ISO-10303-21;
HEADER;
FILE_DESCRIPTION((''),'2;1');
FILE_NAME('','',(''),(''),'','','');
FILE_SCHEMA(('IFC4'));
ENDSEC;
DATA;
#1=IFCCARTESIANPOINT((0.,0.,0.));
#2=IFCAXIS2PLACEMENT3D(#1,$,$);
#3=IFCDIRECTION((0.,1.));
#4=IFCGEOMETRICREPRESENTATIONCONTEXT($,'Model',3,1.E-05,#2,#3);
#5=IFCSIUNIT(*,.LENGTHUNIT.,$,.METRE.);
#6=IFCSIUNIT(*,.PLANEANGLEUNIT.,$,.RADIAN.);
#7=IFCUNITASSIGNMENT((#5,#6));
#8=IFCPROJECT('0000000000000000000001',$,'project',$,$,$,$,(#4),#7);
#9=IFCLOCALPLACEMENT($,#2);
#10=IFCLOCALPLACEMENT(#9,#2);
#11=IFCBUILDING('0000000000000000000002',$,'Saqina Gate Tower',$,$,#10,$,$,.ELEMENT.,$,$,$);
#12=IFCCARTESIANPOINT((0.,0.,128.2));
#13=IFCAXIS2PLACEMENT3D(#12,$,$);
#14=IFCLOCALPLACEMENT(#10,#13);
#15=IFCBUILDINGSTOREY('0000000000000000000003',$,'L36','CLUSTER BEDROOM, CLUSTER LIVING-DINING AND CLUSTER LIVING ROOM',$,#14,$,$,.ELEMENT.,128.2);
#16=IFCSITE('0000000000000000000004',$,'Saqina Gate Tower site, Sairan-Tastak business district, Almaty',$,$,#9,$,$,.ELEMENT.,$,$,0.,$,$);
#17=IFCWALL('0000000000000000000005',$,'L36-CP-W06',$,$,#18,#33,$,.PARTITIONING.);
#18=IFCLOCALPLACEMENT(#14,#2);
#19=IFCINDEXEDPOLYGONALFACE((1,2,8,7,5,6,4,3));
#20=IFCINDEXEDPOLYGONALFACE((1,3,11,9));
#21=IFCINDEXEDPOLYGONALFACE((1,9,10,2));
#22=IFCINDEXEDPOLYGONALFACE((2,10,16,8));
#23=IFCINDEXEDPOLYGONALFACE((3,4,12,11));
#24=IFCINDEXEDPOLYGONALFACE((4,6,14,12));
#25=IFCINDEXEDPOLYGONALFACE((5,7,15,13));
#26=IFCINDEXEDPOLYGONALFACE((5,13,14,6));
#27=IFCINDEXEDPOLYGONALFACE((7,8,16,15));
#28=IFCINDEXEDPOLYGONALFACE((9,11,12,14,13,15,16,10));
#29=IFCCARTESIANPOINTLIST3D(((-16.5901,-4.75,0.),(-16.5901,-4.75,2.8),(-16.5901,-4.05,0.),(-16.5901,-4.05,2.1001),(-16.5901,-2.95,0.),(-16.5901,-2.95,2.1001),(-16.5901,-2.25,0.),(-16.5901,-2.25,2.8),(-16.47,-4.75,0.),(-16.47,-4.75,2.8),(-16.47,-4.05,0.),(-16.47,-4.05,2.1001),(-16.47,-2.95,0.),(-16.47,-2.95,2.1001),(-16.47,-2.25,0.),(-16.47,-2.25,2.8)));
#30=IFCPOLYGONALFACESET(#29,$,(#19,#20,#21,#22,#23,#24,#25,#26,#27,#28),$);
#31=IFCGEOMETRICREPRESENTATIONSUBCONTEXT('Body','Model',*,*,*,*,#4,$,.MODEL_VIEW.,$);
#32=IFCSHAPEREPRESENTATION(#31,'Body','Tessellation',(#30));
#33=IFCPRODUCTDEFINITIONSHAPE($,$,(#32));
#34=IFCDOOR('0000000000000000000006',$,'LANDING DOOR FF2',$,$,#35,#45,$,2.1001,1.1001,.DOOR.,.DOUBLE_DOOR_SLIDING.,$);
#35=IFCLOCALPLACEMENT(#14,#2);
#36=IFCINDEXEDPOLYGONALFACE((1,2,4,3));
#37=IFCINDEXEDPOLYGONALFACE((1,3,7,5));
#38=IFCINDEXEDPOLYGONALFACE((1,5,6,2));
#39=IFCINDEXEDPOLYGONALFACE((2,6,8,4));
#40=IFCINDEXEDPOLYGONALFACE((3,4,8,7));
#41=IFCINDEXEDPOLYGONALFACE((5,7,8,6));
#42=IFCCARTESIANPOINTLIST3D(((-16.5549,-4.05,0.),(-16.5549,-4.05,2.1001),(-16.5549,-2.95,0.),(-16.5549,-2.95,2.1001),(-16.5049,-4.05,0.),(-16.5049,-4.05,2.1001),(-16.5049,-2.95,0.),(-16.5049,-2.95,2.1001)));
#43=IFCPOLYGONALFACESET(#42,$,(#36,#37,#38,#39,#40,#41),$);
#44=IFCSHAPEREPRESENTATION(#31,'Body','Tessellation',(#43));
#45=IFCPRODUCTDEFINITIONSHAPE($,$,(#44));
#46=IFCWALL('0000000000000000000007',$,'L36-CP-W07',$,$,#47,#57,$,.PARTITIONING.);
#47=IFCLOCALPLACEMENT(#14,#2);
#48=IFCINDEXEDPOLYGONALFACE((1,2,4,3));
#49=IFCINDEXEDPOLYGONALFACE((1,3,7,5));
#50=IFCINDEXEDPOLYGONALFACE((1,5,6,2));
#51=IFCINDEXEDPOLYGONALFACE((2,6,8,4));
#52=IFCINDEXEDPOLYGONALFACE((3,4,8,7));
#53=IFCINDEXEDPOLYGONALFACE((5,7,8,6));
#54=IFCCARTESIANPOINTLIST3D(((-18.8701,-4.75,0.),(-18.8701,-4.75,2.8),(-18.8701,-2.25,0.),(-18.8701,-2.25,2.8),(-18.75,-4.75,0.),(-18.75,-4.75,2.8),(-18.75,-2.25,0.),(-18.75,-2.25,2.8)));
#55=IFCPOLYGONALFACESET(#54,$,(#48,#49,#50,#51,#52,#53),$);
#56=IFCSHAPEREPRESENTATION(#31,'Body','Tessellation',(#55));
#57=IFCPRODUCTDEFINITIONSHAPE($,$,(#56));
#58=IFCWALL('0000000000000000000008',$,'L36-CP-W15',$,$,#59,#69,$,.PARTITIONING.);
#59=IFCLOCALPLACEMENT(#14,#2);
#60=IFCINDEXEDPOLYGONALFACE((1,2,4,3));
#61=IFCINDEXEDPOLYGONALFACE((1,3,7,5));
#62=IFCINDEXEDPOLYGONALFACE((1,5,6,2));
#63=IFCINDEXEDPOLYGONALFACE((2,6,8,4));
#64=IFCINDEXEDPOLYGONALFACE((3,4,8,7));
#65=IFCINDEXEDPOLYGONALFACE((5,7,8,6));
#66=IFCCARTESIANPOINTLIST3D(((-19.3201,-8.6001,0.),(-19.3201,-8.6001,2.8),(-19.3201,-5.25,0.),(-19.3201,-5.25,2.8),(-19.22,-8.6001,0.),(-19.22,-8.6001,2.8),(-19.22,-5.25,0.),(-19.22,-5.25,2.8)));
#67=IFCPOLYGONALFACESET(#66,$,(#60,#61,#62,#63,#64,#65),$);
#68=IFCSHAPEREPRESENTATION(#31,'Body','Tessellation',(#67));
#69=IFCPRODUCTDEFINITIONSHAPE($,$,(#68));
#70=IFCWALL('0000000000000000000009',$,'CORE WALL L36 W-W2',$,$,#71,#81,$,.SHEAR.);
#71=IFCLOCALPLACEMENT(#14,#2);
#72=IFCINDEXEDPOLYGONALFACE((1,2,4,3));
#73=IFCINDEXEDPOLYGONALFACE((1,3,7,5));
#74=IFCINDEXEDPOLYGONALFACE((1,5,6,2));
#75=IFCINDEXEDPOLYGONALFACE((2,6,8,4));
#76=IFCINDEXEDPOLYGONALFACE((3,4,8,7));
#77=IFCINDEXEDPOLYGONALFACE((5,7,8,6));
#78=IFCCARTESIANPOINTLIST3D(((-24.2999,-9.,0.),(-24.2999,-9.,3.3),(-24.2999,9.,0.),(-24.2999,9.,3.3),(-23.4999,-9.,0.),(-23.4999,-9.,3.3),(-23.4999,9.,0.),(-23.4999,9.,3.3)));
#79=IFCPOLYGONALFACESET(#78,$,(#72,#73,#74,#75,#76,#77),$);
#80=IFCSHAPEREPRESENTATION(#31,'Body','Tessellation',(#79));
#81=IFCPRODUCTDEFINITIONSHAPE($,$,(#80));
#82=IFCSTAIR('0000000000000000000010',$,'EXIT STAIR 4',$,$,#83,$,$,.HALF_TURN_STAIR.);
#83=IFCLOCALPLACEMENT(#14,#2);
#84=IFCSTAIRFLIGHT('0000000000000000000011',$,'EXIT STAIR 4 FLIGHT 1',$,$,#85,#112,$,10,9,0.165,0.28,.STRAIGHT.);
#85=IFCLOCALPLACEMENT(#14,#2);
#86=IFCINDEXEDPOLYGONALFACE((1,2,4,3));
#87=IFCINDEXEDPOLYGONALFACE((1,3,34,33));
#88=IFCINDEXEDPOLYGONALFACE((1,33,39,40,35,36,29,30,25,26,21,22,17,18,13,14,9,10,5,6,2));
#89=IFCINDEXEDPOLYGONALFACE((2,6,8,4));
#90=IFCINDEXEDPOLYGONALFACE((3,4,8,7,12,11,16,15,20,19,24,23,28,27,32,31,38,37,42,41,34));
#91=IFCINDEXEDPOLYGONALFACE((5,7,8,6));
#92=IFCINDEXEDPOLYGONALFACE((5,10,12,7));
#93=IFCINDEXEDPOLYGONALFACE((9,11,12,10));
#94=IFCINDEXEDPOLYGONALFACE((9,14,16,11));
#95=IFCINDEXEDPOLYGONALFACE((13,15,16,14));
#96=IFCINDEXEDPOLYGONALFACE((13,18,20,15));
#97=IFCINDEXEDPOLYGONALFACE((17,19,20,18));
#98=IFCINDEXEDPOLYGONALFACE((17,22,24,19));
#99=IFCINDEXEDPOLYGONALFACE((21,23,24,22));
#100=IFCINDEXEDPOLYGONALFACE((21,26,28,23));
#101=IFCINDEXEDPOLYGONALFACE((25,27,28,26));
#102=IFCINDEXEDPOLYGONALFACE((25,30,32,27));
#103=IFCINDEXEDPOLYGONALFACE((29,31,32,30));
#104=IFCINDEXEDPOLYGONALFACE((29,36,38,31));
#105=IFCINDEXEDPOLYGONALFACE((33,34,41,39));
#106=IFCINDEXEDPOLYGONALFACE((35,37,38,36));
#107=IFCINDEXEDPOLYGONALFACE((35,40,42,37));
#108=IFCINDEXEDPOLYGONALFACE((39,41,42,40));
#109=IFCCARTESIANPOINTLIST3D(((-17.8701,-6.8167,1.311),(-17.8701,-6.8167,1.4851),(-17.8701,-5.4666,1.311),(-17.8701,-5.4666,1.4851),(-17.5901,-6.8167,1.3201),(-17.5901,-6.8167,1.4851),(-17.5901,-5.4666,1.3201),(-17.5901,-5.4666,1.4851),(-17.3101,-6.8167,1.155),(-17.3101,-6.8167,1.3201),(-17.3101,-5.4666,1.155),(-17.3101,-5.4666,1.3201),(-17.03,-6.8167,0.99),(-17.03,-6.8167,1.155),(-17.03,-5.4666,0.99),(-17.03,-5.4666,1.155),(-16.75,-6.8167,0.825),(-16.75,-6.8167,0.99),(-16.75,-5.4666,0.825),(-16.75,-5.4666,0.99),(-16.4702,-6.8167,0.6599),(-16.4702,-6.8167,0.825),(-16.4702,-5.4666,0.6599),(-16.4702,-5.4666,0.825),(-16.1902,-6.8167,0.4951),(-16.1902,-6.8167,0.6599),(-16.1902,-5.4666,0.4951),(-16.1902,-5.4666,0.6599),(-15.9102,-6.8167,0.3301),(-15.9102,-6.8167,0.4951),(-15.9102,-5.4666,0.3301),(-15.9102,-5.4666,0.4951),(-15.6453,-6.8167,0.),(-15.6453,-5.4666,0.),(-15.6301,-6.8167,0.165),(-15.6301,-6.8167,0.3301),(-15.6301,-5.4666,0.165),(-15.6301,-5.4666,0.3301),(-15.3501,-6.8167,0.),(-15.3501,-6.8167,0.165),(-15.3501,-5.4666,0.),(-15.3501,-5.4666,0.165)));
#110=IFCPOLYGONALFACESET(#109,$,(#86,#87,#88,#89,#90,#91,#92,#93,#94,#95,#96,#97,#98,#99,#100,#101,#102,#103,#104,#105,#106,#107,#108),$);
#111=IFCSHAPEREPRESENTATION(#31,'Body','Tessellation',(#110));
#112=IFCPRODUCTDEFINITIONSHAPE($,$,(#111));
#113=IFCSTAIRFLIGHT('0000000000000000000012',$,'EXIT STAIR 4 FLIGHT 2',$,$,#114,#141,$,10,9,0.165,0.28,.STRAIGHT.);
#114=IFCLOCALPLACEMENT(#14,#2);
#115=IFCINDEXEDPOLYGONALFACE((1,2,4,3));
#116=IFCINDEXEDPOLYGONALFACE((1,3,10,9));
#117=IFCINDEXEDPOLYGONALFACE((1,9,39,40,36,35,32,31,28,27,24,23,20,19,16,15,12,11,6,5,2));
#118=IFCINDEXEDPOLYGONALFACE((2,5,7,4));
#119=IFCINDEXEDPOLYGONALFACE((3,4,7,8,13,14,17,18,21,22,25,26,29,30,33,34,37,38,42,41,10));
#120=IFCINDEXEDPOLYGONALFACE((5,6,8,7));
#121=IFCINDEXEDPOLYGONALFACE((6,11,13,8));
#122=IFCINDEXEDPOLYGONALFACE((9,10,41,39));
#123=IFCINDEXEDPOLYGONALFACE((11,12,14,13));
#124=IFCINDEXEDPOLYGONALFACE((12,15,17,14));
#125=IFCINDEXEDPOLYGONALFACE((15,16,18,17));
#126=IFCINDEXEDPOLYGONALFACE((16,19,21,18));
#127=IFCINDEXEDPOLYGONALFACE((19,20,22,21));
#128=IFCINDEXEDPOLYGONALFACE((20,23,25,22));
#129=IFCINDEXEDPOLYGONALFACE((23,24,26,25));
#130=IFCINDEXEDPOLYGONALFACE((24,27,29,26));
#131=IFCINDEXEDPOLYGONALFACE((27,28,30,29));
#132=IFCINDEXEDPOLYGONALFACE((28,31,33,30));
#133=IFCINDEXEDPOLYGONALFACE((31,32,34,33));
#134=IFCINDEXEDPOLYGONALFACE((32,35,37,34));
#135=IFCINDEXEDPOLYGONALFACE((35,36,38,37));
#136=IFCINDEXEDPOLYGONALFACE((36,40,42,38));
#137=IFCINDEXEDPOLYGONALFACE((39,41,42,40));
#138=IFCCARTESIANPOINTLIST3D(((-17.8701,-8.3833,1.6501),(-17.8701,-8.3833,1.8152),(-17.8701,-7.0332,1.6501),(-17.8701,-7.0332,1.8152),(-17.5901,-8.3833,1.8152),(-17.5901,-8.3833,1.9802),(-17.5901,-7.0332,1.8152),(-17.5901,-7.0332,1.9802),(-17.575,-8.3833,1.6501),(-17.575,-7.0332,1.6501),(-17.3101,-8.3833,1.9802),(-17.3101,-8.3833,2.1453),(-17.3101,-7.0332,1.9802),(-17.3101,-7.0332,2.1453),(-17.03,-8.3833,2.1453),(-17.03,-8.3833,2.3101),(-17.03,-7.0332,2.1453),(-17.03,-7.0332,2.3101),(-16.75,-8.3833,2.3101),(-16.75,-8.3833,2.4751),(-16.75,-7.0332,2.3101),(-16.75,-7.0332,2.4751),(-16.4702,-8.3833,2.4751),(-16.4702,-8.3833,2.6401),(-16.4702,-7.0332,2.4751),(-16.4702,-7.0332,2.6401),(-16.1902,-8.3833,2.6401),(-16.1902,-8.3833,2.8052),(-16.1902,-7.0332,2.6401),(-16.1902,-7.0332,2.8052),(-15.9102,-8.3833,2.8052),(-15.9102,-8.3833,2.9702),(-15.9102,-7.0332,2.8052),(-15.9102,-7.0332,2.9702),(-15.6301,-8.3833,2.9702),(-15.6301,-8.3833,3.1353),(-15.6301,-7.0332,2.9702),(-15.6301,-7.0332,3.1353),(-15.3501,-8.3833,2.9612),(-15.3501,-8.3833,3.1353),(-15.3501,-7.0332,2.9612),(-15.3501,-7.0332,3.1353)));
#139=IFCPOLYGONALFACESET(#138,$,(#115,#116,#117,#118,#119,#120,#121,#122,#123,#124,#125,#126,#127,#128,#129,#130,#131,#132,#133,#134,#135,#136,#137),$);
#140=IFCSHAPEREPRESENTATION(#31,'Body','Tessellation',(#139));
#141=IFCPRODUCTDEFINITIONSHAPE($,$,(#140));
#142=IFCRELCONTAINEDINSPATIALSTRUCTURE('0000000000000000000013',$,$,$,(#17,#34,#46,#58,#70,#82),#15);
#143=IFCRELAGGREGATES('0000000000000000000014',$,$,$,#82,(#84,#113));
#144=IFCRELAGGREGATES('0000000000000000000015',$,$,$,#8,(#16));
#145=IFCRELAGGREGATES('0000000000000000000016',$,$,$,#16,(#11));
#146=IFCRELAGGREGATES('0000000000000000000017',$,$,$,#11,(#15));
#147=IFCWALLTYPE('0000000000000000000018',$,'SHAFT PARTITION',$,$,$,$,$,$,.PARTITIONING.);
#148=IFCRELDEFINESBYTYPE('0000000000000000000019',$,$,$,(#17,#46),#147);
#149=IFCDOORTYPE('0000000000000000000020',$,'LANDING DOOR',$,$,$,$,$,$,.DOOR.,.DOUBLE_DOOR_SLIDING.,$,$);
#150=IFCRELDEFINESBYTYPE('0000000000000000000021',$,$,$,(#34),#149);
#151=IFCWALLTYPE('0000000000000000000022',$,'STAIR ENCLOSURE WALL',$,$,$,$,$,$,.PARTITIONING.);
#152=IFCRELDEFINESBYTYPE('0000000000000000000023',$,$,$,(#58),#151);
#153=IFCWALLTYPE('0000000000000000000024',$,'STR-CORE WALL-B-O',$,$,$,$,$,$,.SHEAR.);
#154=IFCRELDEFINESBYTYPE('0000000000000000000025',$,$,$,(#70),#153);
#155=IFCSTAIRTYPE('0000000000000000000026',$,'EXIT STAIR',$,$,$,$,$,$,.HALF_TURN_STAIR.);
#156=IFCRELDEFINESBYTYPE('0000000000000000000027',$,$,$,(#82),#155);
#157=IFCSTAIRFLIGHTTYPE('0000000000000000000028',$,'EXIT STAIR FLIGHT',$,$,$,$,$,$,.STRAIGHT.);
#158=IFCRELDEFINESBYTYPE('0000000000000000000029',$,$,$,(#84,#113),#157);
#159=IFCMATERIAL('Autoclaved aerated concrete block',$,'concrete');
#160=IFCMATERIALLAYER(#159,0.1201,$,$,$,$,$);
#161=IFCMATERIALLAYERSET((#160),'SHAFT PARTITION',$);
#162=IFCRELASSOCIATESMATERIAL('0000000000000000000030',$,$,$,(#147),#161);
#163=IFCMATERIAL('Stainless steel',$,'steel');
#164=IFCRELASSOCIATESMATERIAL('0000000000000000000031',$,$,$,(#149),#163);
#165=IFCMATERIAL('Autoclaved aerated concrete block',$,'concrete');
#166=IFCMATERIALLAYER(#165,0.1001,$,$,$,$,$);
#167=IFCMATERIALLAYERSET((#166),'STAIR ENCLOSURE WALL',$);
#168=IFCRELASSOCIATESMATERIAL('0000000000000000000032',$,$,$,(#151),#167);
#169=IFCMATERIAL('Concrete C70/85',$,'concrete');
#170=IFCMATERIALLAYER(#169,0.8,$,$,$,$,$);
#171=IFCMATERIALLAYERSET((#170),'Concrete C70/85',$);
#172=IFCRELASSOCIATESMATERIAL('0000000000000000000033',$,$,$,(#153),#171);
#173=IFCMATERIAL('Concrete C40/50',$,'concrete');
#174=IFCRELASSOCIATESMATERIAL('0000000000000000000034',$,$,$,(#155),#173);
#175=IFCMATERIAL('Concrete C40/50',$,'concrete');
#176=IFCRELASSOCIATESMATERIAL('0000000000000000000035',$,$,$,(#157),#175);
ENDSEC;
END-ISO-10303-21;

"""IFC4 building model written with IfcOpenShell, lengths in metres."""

from ifc_helpers import new_model, si_unit, direction, frame, frame_2d, origin, place, context, subcontext, project, spatial, polyline, rectangle, outline, extrude, material, layer, layer_set, type_object, element, fill, aggregate, save


model = new_model("IFC4")

# Units and contexts
model_context = context("Model", 3, precision=1e-05, world=origin(), true_north=direction((0.0, 1.0)))
body_context = subcontext(model_context, "Body", "Model", "MODEL_VIEW")
ifc_project = project(units=[si_unit("LENGTHUNIT", "METRE"), si_unit("PLANEANGLEUNIT", "RADIAN")], contexts=[model_context])

# Site, building, storey
site_placement = place(None, origin())
site = spatial("IfcSite", under=ifc_project, at=site_placement, Name="Saqina Gate Tower site, Sairan-Tastak business district, Almaty", CompositionType="ELEMENT", RefElevation=0.0)
building_placement = place(site_placement, origin())
building = spatial("IfcBuilding", under=site, at=building_placement, Name="Saqina Gate Tower", CompositionType="ELEMENT")
storey_placement = place(building_placement, frame((0.0, 0.0, 128.2)))
storey = spatial("IfcBuildingStorey", under=building, at=storey_placement, Name="L36", Description="CLUSTER BEDROOM, CLUSTER LIVING-DINING AND CLUSTER LIVING ROOM", CompositionType="ELEMENT", Elevation=128.2)

# Wall, opening, door
ifc_material_1 = material(Name="Autoclaved aerated concrete block", Category="concrete")
ifc_layer_1 = layer(ifc_material_1, 0.1201)
ifc_layer_set_1 = layer_set([ifc_layer_1], Name="SHAFT PARTITION")
wall_type_1 = type_object("IfcWallType", Name="SHAFT PARTITION", PredefinedType="PARTITIONING", material=ifc_layer_set_1)
wall_1_placement = place(storey_placement, frame((-16.53, -4.75, 0.0), z_axis=(0.0, 0.0, 1.0), x_axis=(0.0, 1.0, 0.0)))
wall_1 = element("IfcWall", 1, at=wall_1_placement, inside=storey, type_object=wall_type_1, Name="L36-CP-W06", PredefinedType="PARTITIONING", context=body_context, shape_type="SweptSolid", body=[
    extrude(rectangle(XDim=2.5, YDim=0.1201, at=frame_2d((1.25, 0.0))), origin(), (0.0, 0.0, 1.0), 2.8),
])
opening_1_placement = place(wall_1_placement, frame((0.7, 0.0, 0.0)))
opening_1 = element("IfcOpeningElement", 2, at=opening_1_placement, cuts=wall_1, PredefinedType="OPENING", context=body_context, shape_type="SweptSolid", body=[
    extrude(rectangle(XDim=1.1001, YDim=2.1001, at=frame_2d((0.55, 1.05))), frame((0.0, 0.072, 0.0), z_axis=(0.0, -1.0, 0.0), x_axis=(1.0, 0.0, 0.0)), (0.0, 0.0, 1.0), 0.144),
])
ifc_material_2 = material(Name="Stainless steel", Category="steel")
door_type_1 = type_object("IfcDoorType", Name="LANDING DOOR", OperationType="DOUBLE_DOOR_SLIDING", PredefinedType="DOOR", material=ifc_material_2)
door_1_placement = place(opening_1_placement, origin())
door_1 = element("IfcDoor", 3, at=door_1_placement, inside=storey, type_object=door_type_1, Name="LANDING DOOR FF2", OperationType="DOUBLE_DOOR_SLIDING", OverallHeight=2.1001, OverallWidth=1.1001, PredefinedType="DOOR", context=body_context, shape_type="SweptSolid", body=[
    extrude(rectangle(XDim=1.1001, YDim=2.1001, at=frame_2d((0.55, 1.05))), frame((0.0, 0.0249, 0.0), z_axis=(0.0, -1.0, 0.0), x_axis=(1.0, 0.0, 0.0)), (0.0, 0.0, 1.0), 0.05),
])
fill(opening_1, door_1)

# Walls
wall_2_placement = place(storey_placement, frame((-18.8101, -4.75, 0.0), z_axis=(0.0, 0.0, 1.0), x_axis=(0.0, 1.0, 0.0)))
element("IfcWall", 4, at=wall_2_placement, inside=storey, type_object=wall_type_1, Name="L36-CP-W07", PredefinedType="PARTITIONING", context=body_context, shape_type="SweptSolid", body=[
    extrude(rectangle(XDim=2.5, YDim=0.1201, at=frame_2d((1.25, 0.0))), origin(), (0.0, 0.0, 1.0), 2.8),
])
ifc_material_3 = material(Name="Autoclaved aerated concrete block", Category="concrete")
ifc_layer_2 = layer(ifc_material_3, 0.1001)
ifc_layer_set_2 = layer_set([ifc_layer_2], Name="STAIR ENCLOSURE WALL")
wall_type_2 = type_object("IfcWallType", Name="STAIR ENCLOSURE WALL", PredefinedType="PARTITIONING", material=ifc_layer_set_2)
wall_3_placement = place(storey_placement, frame((-19.27, -8.6001, 0.0), z_axis=(0.0, 0.0, 1.0), x_axis=(0.0, 1.0, 0.0)))
element("IfcWall", 5, at=wall_3_placement, inside=storey, type_object=wall_type_2, Name="L36-CP-W15", PredefinedType="PARTITIONING", context=body_context, shape_type="SweptSolid", body=[
    extrude(rectangle(XDim=3.3501, YDim=0.1001, at=frame_2d((1.675, 0.0))), origin(), (0.0, 0.0, 1.0), 2.8),
])
ifc_material_4 = material(Name="Concrete C70/85", Category="concrete")
ifc_layer_3 = layer(ifc_material_4, 0.8)
ifc_layer_set_3 = layer_set([ifc_layer_3], Name="Concrete C70/85")
wall_type_3 = type_object("IfcWallType", Name="STR-CORE WALL-B-O", PredefinedType="SHEAR", material=ifc_layer_set_3)
wall_4_placement = place(storey_placement, frame((-23.8999, -9.0, 0.0), z_axis=(0.0, 0.0, 1.0), x_axis=(0.0, 1.0, 0.0)))
element("IfcWall", 6, at=wall_4_placement, inside=storey, type_object=wall_type_3, Name="CORE WALL L36 W-W2", PredefinedType="SHEAR", context=body_context, shape_type="SweptSolid", body=[
    extrude(rectangle(XDim=18.0, YDim=0.8, at=frame_2d((9.0, 0.0))), origin(), (0.0, 0.0, 1.0), 3.3),
])

# Stair, stair flights
ifc_material_5 = material(Name="Concrete C40/50", Category="concrete")
stair_type = type_object("IfcStairType", Name="EXIT STAIR", PredefinedType="HALF_TURN_STAIR", material=ifc_material_5)
stair_placement = place(storey_placement, origin())
stair = element("IfcStair", 7, at=stair_placement, inside=storey, type_object=stair_type, Name="EXIT STAIR 4", PredefinedType="HALF_TURN_STAIR")
ifc_material_6 = material(Name="Concrete C40/50", Category="concrete")
stair_flight_type = type_object("IfcStairFlightType", Name="EXIT STAIR FLIGHT", PredefinedType="STRAIGHT", material=ifc_material_6)
stair_flight_1_placement = place(storey_placement, frame((-15.3501, -6.1416, 0.0), z_axis=(0.0, 0.0, 1.0), x_axis=(-1.0, 0.0, 0.0)))
stair_flight_1 = element("IfcStairFlight", 8, at=stair_flight_1_placement, type_object=stair_flight_type, Name="EXIT STAIR 4 FLIGHT 1", NumberOfRisers=10, NumberOfTreads=9, PredefinedType="STRAIGHT", RiserHeight=0.165, TreadLength=0.28, context=body_context, shape_type="SweptSolid", body=[
    extrude(outline(polyline([(0.0, 0.0), (0.0, 0.165), (0.28, 0.165), (0.28, 0.3301), (0.5601, 0.3301), (0.5601, 0.4951), (0.8401, 0.4951), (0.8401, 0.6599), (1.1201, 0.6599), (1.1201, 0.825), (1.3999, 0.825), (1.3999, 0.99), (1.6799, 0.99), (1.6799, 1.155), (1.96, 1.155), (1.96, 1.3201), (2.24, 1.3201), (2.24, 1.4851), (2.52, 1.4851), (2.52, 1.6499), (2.52, 1.311), (0.2952, 0.0), (0.0, 0.0)])), frame((0.0, 0.675, 0.0), z_axis=(0.0, -1.0, 0.0), x_axis=(1.0, 0.0, 0.0)), (0.0, 0.0, 1.0), 1.3501),
])
stair_flight_2_placement = place(storey_placement, frame((-17.8701, -7.7083, 1.6501), z_axis=(0.0, 0.0, 1.0), x_axis=(1.0, 0.0, 0.0)))
stair_flight_2 = element("IfcStairFlight", 9, at=stair_flight_2_placement, type_object=stair_flight_type, Name="EXIT STAIR 4 FLIGHT 2", NumberOfRisers=10, NumberOfTreads=9, PredefinedType="STRAIGHT", RiserHeight=0.165, TreadLength=0.28, context=body_context, shape_type="SweptSolid", body=[
    extrude(outline(polyline([(0.0, 0.0), (0.0, 0.165), (0.28, 0.165), (0.28, 0.3301), (0.5601, 0.3301), (0.5601, 0.4951), (0.8401, 0.4951), (0.8401, 0.6599), (1.1201, 0.6599), (1.1201, 0.825), (1.3999, 0.825), (1.3999, 0.99), (1.6799, 0.99), (1.6799, 1.155), (1.96, 1.155), (1.96, 1.3201), (2.24, 1.3201), (2.24, 1.4851), (2.52, 1.4851), (2.52, 1.6499), (2.52, 1.311), (0.2952, 0.0), (0.0, 0.0)])), frame((0.0, 0.675, 0.0), z_axis=(0.0, -1.0, 0.0), x_axis=(1.0, 0.0, 0.0)), (0.0, 0.0, 1.0), 1.3501),
])
aggregate(stair, [stair_flight_1, stair_flight_2])

save(model, "model.ifc")
